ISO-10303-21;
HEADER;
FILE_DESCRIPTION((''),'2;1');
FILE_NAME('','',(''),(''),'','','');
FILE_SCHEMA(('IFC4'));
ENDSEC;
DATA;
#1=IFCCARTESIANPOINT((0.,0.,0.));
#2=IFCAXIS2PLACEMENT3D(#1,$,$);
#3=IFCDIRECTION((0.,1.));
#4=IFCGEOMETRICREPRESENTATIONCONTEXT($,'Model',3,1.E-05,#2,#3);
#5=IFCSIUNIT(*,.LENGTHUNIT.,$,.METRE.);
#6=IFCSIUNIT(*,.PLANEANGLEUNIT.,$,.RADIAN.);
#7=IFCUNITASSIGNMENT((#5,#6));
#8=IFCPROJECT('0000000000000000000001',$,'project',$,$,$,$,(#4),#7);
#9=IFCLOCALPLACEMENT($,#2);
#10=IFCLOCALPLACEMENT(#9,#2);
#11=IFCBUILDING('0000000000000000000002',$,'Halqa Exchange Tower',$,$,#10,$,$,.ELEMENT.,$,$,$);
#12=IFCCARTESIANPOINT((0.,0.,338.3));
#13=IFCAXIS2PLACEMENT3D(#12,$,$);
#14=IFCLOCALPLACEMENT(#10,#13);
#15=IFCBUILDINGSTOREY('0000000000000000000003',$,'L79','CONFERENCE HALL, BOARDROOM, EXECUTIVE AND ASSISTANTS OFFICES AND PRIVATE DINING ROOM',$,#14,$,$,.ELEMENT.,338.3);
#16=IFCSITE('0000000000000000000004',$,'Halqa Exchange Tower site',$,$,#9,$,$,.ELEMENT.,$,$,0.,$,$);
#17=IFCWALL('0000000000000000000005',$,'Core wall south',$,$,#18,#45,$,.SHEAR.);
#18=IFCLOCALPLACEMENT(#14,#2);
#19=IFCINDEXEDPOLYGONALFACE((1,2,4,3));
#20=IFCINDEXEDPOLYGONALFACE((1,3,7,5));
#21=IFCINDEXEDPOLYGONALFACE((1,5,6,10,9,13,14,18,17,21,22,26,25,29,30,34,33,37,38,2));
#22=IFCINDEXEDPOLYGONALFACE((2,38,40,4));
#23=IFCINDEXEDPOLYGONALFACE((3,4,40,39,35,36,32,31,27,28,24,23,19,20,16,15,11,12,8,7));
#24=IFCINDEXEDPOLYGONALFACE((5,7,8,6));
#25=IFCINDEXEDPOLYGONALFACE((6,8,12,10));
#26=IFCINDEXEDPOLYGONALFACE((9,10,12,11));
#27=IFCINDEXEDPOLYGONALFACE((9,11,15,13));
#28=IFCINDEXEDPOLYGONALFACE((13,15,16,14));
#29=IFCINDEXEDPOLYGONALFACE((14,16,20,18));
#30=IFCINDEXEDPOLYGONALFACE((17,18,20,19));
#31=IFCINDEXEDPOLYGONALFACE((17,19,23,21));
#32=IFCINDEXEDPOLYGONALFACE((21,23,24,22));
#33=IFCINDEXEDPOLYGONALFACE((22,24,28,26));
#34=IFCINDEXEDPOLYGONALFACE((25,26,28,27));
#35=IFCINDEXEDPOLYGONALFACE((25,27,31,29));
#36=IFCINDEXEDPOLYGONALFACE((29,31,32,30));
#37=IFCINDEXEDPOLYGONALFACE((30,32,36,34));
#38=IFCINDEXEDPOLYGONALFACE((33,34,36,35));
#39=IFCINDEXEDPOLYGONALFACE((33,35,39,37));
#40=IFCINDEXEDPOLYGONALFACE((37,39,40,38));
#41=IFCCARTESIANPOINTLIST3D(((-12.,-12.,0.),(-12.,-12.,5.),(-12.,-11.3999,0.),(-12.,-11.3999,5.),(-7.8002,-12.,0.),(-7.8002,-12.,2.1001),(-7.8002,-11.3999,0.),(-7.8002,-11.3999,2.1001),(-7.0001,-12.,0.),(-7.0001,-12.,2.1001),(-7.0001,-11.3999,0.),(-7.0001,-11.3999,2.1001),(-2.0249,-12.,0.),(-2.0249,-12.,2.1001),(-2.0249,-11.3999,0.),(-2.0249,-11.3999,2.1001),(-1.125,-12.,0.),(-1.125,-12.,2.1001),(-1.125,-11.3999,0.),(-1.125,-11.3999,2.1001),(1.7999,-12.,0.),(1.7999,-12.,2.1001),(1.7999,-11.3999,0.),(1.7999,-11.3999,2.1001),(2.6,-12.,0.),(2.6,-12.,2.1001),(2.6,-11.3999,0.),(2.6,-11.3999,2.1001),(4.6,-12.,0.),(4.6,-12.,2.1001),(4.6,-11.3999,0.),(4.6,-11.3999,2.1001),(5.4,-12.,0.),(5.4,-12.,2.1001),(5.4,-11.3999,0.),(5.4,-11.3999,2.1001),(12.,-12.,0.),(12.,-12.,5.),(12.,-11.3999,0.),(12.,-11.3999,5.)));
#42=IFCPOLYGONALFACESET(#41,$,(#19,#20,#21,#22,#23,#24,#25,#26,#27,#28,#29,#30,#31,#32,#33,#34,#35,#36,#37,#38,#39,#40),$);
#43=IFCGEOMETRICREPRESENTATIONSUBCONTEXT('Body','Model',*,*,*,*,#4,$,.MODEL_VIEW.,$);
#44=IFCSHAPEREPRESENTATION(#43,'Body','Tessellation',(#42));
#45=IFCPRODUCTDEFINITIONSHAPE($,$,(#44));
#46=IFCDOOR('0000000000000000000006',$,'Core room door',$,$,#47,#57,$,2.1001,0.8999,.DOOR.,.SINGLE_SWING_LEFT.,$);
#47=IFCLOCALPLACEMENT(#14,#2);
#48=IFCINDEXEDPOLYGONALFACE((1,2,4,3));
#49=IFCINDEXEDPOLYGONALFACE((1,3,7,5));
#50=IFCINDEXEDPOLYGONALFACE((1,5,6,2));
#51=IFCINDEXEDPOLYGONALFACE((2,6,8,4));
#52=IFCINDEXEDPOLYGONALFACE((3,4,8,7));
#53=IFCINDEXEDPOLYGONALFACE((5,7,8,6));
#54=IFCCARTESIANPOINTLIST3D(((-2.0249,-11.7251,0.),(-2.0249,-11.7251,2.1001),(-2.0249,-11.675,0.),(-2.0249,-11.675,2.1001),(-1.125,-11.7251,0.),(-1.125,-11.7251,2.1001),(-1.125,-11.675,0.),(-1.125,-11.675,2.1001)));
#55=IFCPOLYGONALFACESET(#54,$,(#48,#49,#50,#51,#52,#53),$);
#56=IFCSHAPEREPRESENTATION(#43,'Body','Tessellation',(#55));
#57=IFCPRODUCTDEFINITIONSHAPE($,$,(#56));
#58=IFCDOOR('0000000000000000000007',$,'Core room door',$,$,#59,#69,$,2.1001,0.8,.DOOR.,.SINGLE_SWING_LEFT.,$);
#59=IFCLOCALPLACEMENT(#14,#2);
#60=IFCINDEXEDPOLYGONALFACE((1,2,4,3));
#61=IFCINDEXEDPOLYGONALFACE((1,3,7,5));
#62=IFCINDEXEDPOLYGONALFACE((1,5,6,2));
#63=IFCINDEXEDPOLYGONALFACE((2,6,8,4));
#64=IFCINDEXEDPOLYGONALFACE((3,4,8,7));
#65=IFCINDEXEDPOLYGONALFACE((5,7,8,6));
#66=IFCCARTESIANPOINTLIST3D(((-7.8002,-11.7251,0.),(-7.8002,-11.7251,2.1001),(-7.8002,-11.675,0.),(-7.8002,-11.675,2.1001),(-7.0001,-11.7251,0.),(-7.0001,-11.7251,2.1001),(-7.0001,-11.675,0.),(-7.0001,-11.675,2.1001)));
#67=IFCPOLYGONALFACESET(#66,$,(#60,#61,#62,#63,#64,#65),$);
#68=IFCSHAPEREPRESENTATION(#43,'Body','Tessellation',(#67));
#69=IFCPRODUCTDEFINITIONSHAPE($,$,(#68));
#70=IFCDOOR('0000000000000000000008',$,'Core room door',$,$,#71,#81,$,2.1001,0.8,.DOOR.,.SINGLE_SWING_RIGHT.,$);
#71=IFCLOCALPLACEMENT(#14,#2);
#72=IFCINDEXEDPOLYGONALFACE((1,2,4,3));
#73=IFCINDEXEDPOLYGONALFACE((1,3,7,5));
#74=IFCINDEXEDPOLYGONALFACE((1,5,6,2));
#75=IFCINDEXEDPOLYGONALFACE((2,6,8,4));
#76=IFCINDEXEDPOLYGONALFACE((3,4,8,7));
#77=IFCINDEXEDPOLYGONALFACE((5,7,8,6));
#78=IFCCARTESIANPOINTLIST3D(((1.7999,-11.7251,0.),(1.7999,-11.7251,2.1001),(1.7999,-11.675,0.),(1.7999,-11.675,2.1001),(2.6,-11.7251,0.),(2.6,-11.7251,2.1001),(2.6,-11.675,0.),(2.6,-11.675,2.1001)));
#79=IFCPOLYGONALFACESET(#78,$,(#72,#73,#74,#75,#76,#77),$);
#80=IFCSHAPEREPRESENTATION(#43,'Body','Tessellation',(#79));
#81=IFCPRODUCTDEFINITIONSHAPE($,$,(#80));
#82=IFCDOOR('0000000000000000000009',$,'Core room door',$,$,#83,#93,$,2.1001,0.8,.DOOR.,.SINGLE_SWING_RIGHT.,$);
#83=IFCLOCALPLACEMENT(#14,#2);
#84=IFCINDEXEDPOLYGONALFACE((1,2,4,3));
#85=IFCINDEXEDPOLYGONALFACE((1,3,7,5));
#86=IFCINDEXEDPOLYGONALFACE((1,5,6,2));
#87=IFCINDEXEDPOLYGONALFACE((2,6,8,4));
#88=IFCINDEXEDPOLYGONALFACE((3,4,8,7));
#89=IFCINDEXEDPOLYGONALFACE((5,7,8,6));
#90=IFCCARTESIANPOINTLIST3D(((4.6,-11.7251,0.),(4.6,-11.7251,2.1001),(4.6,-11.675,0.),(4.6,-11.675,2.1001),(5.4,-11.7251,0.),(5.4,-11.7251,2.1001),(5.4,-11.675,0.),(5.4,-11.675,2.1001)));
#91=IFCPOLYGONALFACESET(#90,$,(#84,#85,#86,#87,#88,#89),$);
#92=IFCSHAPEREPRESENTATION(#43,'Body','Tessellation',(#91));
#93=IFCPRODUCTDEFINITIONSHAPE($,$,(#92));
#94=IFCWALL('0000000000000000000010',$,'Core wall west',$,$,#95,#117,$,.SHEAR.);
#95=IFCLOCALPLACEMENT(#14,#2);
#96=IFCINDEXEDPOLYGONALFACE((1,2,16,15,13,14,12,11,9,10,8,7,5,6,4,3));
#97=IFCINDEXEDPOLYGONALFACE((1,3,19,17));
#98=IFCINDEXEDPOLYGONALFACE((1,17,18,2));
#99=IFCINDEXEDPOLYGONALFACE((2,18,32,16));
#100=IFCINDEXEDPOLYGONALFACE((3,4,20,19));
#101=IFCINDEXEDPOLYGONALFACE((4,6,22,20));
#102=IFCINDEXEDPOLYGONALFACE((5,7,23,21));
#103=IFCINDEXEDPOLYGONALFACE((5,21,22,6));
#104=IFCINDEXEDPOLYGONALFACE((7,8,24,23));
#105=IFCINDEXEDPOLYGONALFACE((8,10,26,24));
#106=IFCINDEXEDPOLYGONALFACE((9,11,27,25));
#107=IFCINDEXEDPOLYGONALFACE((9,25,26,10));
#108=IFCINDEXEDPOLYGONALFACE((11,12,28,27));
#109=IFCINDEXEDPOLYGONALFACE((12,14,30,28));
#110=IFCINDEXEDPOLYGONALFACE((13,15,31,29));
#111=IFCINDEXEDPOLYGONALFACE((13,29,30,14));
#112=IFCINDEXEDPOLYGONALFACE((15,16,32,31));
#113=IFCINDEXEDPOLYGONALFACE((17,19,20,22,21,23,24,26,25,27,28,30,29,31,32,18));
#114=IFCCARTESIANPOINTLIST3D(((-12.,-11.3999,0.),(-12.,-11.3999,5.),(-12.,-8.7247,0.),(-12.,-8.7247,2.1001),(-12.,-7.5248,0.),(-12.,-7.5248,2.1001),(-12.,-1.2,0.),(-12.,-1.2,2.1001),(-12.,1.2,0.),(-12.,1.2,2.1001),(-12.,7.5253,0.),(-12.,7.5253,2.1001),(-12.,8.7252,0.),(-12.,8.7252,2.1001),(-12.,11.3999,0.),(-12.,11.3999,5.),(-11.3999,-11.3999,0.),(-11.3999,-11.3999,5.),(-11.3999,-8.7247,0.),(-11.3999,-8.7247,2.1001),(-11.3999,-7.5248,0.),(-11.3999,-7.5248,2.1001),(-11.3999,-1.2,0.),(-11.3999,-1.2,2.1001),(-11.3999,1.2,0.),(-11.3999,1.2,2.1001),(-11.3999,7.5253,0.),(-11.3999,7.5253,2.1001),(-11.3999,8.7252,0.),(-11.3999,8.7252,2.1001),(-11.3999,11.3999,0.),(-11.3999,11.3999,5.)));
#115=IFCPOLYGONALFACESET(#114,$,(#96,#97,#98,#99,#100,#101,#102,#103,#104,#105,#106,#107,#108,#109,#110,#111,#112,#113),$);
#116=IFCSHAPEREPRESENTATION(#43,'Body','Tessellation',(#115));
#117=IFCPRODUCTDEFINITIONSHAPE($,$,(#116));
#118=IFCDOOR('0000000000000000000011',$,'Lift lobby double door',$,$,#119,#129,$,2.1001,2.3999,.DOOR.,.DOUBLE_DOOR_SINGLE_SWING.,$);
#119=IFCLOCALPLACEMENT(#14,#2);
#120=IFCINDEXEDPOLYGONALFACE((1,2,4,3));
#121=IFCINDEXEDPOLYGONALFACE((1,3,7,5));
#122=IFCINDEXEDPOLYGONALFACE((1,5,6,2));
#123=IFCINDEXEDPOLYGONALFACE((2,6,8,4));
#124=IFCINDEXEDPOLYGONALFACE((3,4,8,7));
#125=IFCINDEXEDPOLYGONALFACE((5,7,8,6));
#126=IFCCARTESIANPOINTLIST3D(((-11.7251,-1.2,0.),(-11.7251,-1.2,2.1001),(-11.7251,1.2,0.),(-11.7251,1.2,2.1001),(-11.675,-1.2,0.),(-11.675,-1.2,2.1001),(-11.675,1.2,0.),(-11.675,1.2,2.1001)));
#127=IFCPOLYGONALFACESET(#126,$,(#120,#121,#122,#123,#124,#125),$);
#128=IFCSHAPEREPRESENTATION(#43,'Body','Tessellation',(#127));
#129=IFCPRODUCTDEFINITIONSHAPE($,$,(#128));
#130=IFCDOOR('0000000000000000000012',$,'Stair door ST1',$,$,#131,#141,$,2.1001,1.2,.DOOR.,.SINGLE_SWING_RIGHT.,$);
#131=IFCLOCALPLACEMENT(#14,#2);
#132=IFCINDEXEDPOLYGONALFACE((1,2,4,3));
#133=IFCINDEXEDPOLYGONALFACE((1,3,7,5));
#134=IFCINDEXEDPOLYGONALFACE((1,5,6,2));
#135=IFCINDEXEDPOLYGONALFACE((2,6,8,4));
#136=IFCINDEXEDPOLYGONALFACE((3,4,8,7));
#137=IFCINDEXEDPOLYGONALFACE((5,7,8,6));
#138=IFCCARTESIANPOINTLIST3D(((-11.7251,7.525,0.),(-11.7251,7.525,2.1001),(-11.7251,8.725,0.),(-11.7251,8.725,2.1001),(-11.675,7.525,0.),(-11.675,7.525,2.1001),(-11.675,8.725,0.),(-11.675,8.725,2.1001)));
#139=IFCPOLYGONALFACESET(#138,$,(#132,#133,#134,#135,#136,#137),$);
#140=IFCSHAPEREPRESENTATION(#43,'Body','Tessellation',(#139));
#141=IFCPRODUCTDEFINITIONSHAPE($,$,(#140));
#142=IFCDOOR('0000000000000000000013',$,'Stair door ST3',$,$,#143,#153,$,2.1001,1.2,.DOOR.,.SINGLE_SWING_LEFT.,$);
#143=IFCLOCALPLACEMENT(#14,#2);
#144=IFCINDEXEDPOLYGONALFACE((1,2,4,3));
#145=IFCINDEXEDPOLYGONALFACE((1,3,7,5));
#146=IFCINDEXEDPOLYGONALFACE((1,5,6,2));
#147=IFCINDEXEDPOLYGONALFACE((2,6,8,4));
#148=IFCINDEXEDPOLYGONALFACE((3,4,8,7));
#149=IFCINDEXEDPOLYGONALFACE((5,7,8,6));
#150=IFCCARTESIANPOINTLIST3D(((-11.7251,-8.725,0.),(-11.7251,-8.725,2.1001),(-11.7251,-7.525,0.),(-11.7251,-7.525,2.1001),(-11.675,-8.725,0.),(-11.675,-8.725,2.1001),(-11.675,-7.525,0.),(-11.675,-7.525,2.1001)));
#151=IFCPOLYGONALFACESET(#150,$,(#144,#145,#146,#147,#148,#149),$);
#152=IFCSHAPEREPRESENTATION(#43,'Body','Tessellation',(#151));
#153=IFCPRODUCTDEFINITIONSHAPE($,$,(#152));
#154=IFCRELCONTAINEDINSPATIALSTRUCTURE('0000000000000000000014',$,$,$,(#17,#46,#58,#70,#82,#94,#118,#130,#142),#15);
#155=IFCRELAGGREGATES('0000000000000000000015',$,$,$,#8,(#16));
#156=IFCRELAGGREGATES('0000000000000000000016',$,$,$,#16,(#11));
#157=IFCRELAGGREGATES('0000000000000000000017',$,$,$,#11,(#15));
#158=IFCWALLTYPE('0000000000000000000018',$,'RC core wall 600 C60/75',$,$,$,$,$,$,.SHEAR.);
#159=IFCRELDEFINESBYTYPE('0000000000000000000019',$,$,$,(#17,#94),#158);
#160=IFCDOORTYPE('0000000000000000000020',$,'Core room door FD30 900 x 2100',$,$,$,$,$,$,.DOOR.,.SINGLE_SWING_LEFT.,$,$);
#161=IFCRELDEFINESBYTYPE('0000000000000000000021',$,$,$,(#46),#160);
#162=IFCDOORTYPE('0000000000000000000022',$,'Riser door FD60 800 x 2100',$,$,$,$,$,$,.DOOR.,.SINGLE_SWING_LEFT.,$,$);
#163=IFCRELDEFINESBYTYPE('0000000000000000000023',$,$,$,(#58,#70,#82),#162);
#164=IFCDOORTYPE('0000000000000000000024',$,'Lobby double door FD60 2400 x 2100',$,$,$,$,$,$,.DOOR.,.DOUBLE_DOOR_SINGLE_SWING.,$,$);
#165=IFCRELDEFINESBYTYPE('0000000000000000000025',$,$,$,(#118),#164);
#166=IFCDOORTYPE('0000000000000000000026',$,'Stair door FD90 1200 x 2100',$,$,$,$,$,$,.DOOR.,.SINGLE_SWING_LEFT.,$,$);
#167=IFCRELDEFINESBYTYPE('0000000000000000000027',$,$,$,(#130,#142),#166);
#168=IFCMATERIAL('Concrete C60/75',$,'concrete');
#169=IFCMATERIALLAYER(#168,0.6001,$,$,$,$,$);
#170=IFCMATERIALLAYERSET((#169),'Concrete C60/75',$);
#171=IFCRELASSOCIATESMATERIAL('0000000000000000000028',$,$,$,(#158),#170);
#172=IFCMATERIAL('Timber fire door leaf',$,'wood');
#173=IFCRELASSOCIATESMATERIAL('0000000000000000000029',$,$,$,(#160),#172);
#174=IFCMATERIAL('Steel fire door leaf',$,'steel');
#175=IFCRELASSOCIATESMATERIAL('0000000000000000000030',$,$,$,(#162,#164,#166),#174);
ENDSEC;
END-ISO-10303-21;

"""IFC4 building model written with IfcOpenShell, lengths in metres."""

from ifc_helpers import new_model, si_unit, direction, frame, frame_2d, origin, place, context, subcontext, project, spatial, rectangle, extrude, material, layer, layer_set, type_object, element, fill, save


model = new_model("IFC4")

# Units and contexts
model_context = context("Model", 3, precision=1e-05, world=origin(), true_north=direction((0.0, 1.0)))
body_context = subcontext(model_context, "Body", "Model", "MODEL_VIEW")
ifc_project = project(units=[si_unit("LENGTHUNIT", "METRE"), si_unit("PLANEANGLEUNIT", "RADIAN")], contexts=[model_context])

# Site, building, storey
site_placement = place(None, origin())
site = spatial("IfcSite", under=ifc_project, at=site_placement, Name="Halqa Exchange Tower site", CompositionType="ELEMENT", RefElevation=0.0)
building_placement = place(site_placement, origin())
building = spatial("IfcBuilding", under=site, at=building_placement, Name="Halqa Exchange Tower", CompositionType="ELEMENT")
storey_placement = place(building_placement, frame((0.0, 0.0, 338.3)))
storey = spatial("IfcBuildingStorey", under=building, at=storey_placement, Name="L79", Description="CONFERENCE HALL, BOARDROOM, EXECUTIVE AND ASSISTANTS OFFICES AND PRIVATE DINING ROOM", CompositionType="ELEMENT", Elevation=338.3)

# Walls, openings, doors
ifc_material_1 = material(Name="Concrete C60/75", Category="concrete")
ifc_layer_1 = layer(ifc_material_1, 0.6001)
ifc_layer_set_1 = layer_set([ifc_layer_1], Name="Concrete C60/75")
wall_type_1 = type_object("IfcWallType", Name="RC core wall 600 C60/75", PredefinedType="SHEAR", material=ifc_layer_set_1)
wall_1_placement = place(storey_placement, frame((-12.0, -11.7, 0.0), z_axis=(0.0, 0.0, 1.0), x_axis=(1.0, 0.0, 0.0)))
wall_1 = element("IfcWall", 1, at=wall_1_placement, inside=storey, type_object=wall_type_1, Name="Core wall south", PredefinedType="SHEAR", context=body_context, shape_type="SweptSolid", body=[
    extrude(rectangle(XDim=24.0, YDim=0.6001, at=frame_2d((12.0, 0.0))), origin(), (0.0, 0.0, 1.0), 5.0),
])
opening_1_placement = place(wall_1_placement, frame((9.9751, 0.0, 0.0)))
opening_1 = element("IfcOpeningElement", 2, at=opening_1_placement, cuts=wall_1, PredefinedType="OPENING", context=body_context, shape_type="SweptSolid", body=[
    extrude(rectangle(XDim=0.8999, YDim=2.1001, at=frame_2d((0.45, 1.05))), frame((0.0, 0.312, 0.0), z_axis=(0.0, -1.0, 0.0), x_axis=(1.0, 0.0, 0.0)), (0.0, 0.0, 1.0), 0.624),
])
opening_2_placement = place(wall_1_placement, frame((4.2, 0.0, 0.0)))
opening_2 = element("IfcOpeningElement", 3, at=opening_2_placement, cuts=wall_1, PredefinedType="OPENING", context=body_context, shape_type="SweptSolid", body=[
    extrude(rectangle(XDim=0.8, YDim=2.1001, at=frame_2d((0.3999, 1.05))), frame((0.0, 0.312, 0.0), z_axis=(0.0, -1.0, 0.0), x_axis=(1.0, 0.0, 0.0)), (0.0, 0.0, 1.0), 0.624),
])
opening_3_placement = place(wall_1_placement, frame((13.8, 0.0, 0.0)))
opening_3 = element("IfcOpeningElement", 4, at=opening_3_placement, cuts=wall_1, PredefinedType="OPENING", context=body_context, shape_type="SweptSolid", body=[
    extrude(rectangle(XDim=0.8, YDim=2.1001, at=frame_2d((0.3999, 1.05))), frame((0.0, 0.312, 0.0), z_axis=(0.0, -1.0, 0.0), x_axis=(1.0, 0.0, 0.0)), (0.0, 0.0, 1.0), 0.624),
])
opening_4_placement = place(wall_1_placement, frame((16.6001, 0.0, 0.0)))
opening_4 = element("IfcOpeningElement", 5, at=opening_4_placement, cuts=wall_1, PredefinedType="OPENING", context=body_context, shape_type="SweptSolid", body=[
    extrude(rectangle(XDim=0.8, YDim=2.1001, at=frame_2d((0.3999, 1.05))), frame((0.0, 0.312, 0.0), z_axis=(0.0, -1.0, 0.0), x_axis=(1.0, 0.0, 0.0)), (0.0, 0.0, 1.0), 0.624),
])
ifc_material_2 = material(Name="Timber fire door leaf", Category="wood")
door_type_1 = type_object("IfcDoorType", Name="Core room door FD30 900 x 2100", OperationType="SINGLE_SWING_LEFT", PredefinedType="DOOR", material=ifc_material_2)
door_1_placement = place(opening_1_placement, origin())
door_1 = element("IfcDoor", 6, at=door_1_placement, inside=storey, type_object=door_type_1, Name="Core room door", OperationType="SINGLE_SWING_LEFT", OverallHeight=2.1001, OverallWidth=0.8999, PredefinedType="DOOR", context=body_context, shape_type="SweptSolid", body=[
    extrude(rectangle(XDim=0.8999, YDim=2.1001, at=frame_2d((0.45, 1.05))), frame((0.0, 0.0249, 0.0), z_axis=(0.0, -1.0, 0.0), x_axis=(1.0, 0.0, 0.0)), (0.0, 0.0, 1.0), 0.05),
])
fill(opening_1, door_1)
ifc_material_3 = material(Name="Steel fire door leaf", Category="steel")
door_type_2 = type_object("IfcDoorType", Name="Riser door FD60 800 x 2100", OperationType="SINGLE_SWING_LEFT", PredefinedType="DOOR", material=ifc_material_3)
door_2_placement = place(opening_2_placement, origin())
door_2 = element("IfcDoor", 7, at=door_2_placement, inside=storey, type_object=door_type_2, Name="Core room door", OperationType="SINGLE_SWING_LEFT", OverallHeight=2.1001, OverallWidth=0.8, PredefinedType="DOOR", context=body_context, shape_type="SweptSolid", body=[
    extrude(rectangle(XDim=0.8, YDim=2.1001, at=frame_2d((0.3999, 1.05))), frame((0.0, 0.0249, 0.0), z_axis=(0.0, -1.0, 0.0), x_axis=(1.0, 0.0, 0.0)), (0.0, 0.0, 1.0), 0.05),
])
fill(opening_2, door_2)
door_3_placement = place(opening_3_placement, origin())
door_3 = element("IfcDoor", 8, at=door_3_placement, inside=storey, type_object=door_type_2, Name="Core room door", OperationType="SINGLE_SWING_RIGHT", OverallHeight=2.1001, OverallWidth=0.8, PredefinedType="DOOR", context=body_context, shape_type="SweptSolid", body=[
    extrude(rectangle(XDim=0.8, YDim=2.1001, at=frame_2d((0.3999, 1.05))), frame((0.0, 0.0249, 0.0), z_axis=(0.0, -1.0, 0.0), x_axis=(1.0, 0.0, 0.0)), (0.0, 0.0, 1.0), 0.05),
])
fill(opening_3, door_3)
door_4_placement = place(opening_4_placement, origin())
door_4 = element("IfcDoor", 9, at=door_4_placement, inside=storey, type_object=door_type_2, Name="Core room door", OperationType="SINGLE_SWING_RIGHT", OverallHeight=2.1001, OverallWidth=0.8, PredefinedType="DOOR", context=body_context, shape_type="SweptSolid", body=[
    extrude(rectangle(XDim=0.8, YDim=2.1001, at=frame_2d((0.3999, 1.05))), frame((0.0, 0.0249, 0.0), z_axis=(0.0, -1.0, 0.0), x_axis=(1.0, 0.0, 0.0)), (0.0, 0.0, 1.0), 0.05),
])
fill(opening_4, door_4)
wall_2_placement = place(storey_placement, frame((-11.7, -11.3999, 0.0), z_axis=(0.0, 0.0, 1.0), x_axis=(0.0, 1.0, 0.0)))
wall_2 = element("IfcWall", 10, at=wall_2_placement, inside=storey, type_object=wall_type_1, Name="Core wall west", PredefinedType="SHEAR", context=body_context, shape_type="SweptSolid", body=[
    extrude(rectangle(XDim=22.7998, YDim=0.6001, at=frame_2d((11.3999, 0.0))), origin(), (0.0, 0.0, 1.0), 5.0),
])
opening_5_placement = place(wall_2_placement, frame((10.2, 0.0, 0.0)))
opening_5 = element("IfcOpeningElement", 11, at=opening_5_placement, cuts=wall_2, PredefinedType="OPENING", context=body_context, shape_type="SweptSolid", body=[
    extrude(rectangle(XDim=2.3999, YDim=2.1001, at=frame_2d((1.2, 1.05))), frame((0.0, 0.312, 0.0), z_axis=(0.0, -1.0, 0.0), x_axis=(1.0, 0.0, 0.0)), (0.0, 0.0, 1.0), 0.624),
])
opening_6_placement = place(wall_2_placement, frame((18.925, 0.0, 0.0)))
opening_6 = element("IfcOpeningElement", 12, at=opening_6_placement, cuts=wall_2, PredefinedType="OPENING", context=body_context, shape_type="SweptSolid", body=[
    extrude(rectangle(XDim=1.2, YDim=2.1001, at=frame_2d((0.6001, 1.05))), frame((0.0, 0.312, 0.0), z_axis=(0.0, -1.0, 0.0), x_axis=(1.0, 0.0, 0.0)), (0.0, 0.0, 1.0), 0.624),
])
opening_7_placement = place(wall_2_placement, frame((2.675, 0.0, 0.0)))
opening_7 = element("IfcOpeningElement", 13, at=opening_7_placement, cuts=wall_2, PredefinedType="OPENING", context=body_context, shape_type="SweptSolid", body=[
    extrude(rectangle(XDim=1.2, YDim=2.1001, at=frame_2d((0.6001, 1.05))), frame((0.0, 0.312, 0.0), z_axis=(0.0, -1.0, 0.0), x_axis=(1.0, 0.0, 0.0)), (0.0, 0.0, 1.0), 0.624),
])
door_type_3 = type_object("IfcDoorType", Name="Lobby double door FD60 2400 x 2100", OperationType="DOUBLE_DOOR_SINGLE_SWING", PredefinedType="DOOR", material=ifc_material_3)
door_5_placement = place(opening_5_placement, frame((2.3999, 0.0, 0.0), z_axis=(0.0, 0.0, 1.0), x_axis=(-1.0, 0.0, 0.0)))
door_5 = element("IfcDoor", 14, at=door_5_placement, inside=storey, type_object=door_type_3, Name="Lift lobby double door", OperationType="DOUBLE_DOOR_SINGLE_SWING", OverallHeight=2.1001, OverallWidth=2.3999, PredefinedType="DOOR", context=body_context, shape_type="SweptSolid", body=[
    extrude(rectangle(XDim=2.3999, YDim=2.1001, at=frame_2d((1.2, 1.05))), frame((0.0, 0.0249, 0.0), z_axis=(0.0, -1.0, 0.0), x_axis=(1.0, 0.0, 0.0)), (0.0, 0.0, 1.0), 0.05),
])
fill(opening_5, door_5)
door_type_4 = type_object("IfcDoorType", Name="Stair door FD90 1200 x 2100", OperationType="SINGLE_SWING_LEFT", PredefinedType="DOOR", material=ifc_material_3)
door_6_placement = place(opening_6_placement, frame((1.2, 0.0, 0.0), z_axis=(0.0, 0.0, 1.0), x_axis=(-1.0, 0.0, 0.0)))
door_6 = element("IfcDoor", 15, at=door_6_placement, inside=storey, type_object=door_type_4, Name="Stair door ST1", OperationType="SINGLE_SWING_RIGHT", OverallHeight=2.1001, OverallWidth=1.2, PredefinedType="DOOR", context=body_context, shape_type="SweptSolid", body=[
    extrude(rectangle(XDim=1.2, YDim=2.1001, at=frame_2d((0.6001, 1.05))), frame((0.0, 0.0249, 0.0), z_axis=(0.0, -1.0, 0.0), x_axis=(1.0, 0.0, 0.0)), (0.0, 0.0, 1.0), 0.05),
])
fill(opening_6, door_6)
door_7_placement = place(opening_7_placement, frame((1.2, 0.0, 0.0), z_axis=(0.0, 0.0, 1.0), x_axis=(-1.0, 0.0, 0.0)))
door_7 = element("IfcDoor", 16, at=door_7_placement, inside=storey, type_object=door_type_4, Name="Stair door ST3", OperationType="SINGLE_SWING_LEFT", OverallHeight=2.1001, OverallWidth=1.2, PredefinedType="DOOR", context=body_context, shape_type="SweptSolid", body=[
    extrude(rectangle(XDim=1.2, YDim=2.1001, at=frame_2d((0.6001, 1.05))), frame((0.0, 0.0249, 0.0), z_axis=(0.0, -1.0, 0.0), x_axis=(1.0, 0.0, 0.0)), (0.0, 0.0, 1.0), 0.05),
])
fill(opening_7, door_7)

save(model, "model.ifc")
